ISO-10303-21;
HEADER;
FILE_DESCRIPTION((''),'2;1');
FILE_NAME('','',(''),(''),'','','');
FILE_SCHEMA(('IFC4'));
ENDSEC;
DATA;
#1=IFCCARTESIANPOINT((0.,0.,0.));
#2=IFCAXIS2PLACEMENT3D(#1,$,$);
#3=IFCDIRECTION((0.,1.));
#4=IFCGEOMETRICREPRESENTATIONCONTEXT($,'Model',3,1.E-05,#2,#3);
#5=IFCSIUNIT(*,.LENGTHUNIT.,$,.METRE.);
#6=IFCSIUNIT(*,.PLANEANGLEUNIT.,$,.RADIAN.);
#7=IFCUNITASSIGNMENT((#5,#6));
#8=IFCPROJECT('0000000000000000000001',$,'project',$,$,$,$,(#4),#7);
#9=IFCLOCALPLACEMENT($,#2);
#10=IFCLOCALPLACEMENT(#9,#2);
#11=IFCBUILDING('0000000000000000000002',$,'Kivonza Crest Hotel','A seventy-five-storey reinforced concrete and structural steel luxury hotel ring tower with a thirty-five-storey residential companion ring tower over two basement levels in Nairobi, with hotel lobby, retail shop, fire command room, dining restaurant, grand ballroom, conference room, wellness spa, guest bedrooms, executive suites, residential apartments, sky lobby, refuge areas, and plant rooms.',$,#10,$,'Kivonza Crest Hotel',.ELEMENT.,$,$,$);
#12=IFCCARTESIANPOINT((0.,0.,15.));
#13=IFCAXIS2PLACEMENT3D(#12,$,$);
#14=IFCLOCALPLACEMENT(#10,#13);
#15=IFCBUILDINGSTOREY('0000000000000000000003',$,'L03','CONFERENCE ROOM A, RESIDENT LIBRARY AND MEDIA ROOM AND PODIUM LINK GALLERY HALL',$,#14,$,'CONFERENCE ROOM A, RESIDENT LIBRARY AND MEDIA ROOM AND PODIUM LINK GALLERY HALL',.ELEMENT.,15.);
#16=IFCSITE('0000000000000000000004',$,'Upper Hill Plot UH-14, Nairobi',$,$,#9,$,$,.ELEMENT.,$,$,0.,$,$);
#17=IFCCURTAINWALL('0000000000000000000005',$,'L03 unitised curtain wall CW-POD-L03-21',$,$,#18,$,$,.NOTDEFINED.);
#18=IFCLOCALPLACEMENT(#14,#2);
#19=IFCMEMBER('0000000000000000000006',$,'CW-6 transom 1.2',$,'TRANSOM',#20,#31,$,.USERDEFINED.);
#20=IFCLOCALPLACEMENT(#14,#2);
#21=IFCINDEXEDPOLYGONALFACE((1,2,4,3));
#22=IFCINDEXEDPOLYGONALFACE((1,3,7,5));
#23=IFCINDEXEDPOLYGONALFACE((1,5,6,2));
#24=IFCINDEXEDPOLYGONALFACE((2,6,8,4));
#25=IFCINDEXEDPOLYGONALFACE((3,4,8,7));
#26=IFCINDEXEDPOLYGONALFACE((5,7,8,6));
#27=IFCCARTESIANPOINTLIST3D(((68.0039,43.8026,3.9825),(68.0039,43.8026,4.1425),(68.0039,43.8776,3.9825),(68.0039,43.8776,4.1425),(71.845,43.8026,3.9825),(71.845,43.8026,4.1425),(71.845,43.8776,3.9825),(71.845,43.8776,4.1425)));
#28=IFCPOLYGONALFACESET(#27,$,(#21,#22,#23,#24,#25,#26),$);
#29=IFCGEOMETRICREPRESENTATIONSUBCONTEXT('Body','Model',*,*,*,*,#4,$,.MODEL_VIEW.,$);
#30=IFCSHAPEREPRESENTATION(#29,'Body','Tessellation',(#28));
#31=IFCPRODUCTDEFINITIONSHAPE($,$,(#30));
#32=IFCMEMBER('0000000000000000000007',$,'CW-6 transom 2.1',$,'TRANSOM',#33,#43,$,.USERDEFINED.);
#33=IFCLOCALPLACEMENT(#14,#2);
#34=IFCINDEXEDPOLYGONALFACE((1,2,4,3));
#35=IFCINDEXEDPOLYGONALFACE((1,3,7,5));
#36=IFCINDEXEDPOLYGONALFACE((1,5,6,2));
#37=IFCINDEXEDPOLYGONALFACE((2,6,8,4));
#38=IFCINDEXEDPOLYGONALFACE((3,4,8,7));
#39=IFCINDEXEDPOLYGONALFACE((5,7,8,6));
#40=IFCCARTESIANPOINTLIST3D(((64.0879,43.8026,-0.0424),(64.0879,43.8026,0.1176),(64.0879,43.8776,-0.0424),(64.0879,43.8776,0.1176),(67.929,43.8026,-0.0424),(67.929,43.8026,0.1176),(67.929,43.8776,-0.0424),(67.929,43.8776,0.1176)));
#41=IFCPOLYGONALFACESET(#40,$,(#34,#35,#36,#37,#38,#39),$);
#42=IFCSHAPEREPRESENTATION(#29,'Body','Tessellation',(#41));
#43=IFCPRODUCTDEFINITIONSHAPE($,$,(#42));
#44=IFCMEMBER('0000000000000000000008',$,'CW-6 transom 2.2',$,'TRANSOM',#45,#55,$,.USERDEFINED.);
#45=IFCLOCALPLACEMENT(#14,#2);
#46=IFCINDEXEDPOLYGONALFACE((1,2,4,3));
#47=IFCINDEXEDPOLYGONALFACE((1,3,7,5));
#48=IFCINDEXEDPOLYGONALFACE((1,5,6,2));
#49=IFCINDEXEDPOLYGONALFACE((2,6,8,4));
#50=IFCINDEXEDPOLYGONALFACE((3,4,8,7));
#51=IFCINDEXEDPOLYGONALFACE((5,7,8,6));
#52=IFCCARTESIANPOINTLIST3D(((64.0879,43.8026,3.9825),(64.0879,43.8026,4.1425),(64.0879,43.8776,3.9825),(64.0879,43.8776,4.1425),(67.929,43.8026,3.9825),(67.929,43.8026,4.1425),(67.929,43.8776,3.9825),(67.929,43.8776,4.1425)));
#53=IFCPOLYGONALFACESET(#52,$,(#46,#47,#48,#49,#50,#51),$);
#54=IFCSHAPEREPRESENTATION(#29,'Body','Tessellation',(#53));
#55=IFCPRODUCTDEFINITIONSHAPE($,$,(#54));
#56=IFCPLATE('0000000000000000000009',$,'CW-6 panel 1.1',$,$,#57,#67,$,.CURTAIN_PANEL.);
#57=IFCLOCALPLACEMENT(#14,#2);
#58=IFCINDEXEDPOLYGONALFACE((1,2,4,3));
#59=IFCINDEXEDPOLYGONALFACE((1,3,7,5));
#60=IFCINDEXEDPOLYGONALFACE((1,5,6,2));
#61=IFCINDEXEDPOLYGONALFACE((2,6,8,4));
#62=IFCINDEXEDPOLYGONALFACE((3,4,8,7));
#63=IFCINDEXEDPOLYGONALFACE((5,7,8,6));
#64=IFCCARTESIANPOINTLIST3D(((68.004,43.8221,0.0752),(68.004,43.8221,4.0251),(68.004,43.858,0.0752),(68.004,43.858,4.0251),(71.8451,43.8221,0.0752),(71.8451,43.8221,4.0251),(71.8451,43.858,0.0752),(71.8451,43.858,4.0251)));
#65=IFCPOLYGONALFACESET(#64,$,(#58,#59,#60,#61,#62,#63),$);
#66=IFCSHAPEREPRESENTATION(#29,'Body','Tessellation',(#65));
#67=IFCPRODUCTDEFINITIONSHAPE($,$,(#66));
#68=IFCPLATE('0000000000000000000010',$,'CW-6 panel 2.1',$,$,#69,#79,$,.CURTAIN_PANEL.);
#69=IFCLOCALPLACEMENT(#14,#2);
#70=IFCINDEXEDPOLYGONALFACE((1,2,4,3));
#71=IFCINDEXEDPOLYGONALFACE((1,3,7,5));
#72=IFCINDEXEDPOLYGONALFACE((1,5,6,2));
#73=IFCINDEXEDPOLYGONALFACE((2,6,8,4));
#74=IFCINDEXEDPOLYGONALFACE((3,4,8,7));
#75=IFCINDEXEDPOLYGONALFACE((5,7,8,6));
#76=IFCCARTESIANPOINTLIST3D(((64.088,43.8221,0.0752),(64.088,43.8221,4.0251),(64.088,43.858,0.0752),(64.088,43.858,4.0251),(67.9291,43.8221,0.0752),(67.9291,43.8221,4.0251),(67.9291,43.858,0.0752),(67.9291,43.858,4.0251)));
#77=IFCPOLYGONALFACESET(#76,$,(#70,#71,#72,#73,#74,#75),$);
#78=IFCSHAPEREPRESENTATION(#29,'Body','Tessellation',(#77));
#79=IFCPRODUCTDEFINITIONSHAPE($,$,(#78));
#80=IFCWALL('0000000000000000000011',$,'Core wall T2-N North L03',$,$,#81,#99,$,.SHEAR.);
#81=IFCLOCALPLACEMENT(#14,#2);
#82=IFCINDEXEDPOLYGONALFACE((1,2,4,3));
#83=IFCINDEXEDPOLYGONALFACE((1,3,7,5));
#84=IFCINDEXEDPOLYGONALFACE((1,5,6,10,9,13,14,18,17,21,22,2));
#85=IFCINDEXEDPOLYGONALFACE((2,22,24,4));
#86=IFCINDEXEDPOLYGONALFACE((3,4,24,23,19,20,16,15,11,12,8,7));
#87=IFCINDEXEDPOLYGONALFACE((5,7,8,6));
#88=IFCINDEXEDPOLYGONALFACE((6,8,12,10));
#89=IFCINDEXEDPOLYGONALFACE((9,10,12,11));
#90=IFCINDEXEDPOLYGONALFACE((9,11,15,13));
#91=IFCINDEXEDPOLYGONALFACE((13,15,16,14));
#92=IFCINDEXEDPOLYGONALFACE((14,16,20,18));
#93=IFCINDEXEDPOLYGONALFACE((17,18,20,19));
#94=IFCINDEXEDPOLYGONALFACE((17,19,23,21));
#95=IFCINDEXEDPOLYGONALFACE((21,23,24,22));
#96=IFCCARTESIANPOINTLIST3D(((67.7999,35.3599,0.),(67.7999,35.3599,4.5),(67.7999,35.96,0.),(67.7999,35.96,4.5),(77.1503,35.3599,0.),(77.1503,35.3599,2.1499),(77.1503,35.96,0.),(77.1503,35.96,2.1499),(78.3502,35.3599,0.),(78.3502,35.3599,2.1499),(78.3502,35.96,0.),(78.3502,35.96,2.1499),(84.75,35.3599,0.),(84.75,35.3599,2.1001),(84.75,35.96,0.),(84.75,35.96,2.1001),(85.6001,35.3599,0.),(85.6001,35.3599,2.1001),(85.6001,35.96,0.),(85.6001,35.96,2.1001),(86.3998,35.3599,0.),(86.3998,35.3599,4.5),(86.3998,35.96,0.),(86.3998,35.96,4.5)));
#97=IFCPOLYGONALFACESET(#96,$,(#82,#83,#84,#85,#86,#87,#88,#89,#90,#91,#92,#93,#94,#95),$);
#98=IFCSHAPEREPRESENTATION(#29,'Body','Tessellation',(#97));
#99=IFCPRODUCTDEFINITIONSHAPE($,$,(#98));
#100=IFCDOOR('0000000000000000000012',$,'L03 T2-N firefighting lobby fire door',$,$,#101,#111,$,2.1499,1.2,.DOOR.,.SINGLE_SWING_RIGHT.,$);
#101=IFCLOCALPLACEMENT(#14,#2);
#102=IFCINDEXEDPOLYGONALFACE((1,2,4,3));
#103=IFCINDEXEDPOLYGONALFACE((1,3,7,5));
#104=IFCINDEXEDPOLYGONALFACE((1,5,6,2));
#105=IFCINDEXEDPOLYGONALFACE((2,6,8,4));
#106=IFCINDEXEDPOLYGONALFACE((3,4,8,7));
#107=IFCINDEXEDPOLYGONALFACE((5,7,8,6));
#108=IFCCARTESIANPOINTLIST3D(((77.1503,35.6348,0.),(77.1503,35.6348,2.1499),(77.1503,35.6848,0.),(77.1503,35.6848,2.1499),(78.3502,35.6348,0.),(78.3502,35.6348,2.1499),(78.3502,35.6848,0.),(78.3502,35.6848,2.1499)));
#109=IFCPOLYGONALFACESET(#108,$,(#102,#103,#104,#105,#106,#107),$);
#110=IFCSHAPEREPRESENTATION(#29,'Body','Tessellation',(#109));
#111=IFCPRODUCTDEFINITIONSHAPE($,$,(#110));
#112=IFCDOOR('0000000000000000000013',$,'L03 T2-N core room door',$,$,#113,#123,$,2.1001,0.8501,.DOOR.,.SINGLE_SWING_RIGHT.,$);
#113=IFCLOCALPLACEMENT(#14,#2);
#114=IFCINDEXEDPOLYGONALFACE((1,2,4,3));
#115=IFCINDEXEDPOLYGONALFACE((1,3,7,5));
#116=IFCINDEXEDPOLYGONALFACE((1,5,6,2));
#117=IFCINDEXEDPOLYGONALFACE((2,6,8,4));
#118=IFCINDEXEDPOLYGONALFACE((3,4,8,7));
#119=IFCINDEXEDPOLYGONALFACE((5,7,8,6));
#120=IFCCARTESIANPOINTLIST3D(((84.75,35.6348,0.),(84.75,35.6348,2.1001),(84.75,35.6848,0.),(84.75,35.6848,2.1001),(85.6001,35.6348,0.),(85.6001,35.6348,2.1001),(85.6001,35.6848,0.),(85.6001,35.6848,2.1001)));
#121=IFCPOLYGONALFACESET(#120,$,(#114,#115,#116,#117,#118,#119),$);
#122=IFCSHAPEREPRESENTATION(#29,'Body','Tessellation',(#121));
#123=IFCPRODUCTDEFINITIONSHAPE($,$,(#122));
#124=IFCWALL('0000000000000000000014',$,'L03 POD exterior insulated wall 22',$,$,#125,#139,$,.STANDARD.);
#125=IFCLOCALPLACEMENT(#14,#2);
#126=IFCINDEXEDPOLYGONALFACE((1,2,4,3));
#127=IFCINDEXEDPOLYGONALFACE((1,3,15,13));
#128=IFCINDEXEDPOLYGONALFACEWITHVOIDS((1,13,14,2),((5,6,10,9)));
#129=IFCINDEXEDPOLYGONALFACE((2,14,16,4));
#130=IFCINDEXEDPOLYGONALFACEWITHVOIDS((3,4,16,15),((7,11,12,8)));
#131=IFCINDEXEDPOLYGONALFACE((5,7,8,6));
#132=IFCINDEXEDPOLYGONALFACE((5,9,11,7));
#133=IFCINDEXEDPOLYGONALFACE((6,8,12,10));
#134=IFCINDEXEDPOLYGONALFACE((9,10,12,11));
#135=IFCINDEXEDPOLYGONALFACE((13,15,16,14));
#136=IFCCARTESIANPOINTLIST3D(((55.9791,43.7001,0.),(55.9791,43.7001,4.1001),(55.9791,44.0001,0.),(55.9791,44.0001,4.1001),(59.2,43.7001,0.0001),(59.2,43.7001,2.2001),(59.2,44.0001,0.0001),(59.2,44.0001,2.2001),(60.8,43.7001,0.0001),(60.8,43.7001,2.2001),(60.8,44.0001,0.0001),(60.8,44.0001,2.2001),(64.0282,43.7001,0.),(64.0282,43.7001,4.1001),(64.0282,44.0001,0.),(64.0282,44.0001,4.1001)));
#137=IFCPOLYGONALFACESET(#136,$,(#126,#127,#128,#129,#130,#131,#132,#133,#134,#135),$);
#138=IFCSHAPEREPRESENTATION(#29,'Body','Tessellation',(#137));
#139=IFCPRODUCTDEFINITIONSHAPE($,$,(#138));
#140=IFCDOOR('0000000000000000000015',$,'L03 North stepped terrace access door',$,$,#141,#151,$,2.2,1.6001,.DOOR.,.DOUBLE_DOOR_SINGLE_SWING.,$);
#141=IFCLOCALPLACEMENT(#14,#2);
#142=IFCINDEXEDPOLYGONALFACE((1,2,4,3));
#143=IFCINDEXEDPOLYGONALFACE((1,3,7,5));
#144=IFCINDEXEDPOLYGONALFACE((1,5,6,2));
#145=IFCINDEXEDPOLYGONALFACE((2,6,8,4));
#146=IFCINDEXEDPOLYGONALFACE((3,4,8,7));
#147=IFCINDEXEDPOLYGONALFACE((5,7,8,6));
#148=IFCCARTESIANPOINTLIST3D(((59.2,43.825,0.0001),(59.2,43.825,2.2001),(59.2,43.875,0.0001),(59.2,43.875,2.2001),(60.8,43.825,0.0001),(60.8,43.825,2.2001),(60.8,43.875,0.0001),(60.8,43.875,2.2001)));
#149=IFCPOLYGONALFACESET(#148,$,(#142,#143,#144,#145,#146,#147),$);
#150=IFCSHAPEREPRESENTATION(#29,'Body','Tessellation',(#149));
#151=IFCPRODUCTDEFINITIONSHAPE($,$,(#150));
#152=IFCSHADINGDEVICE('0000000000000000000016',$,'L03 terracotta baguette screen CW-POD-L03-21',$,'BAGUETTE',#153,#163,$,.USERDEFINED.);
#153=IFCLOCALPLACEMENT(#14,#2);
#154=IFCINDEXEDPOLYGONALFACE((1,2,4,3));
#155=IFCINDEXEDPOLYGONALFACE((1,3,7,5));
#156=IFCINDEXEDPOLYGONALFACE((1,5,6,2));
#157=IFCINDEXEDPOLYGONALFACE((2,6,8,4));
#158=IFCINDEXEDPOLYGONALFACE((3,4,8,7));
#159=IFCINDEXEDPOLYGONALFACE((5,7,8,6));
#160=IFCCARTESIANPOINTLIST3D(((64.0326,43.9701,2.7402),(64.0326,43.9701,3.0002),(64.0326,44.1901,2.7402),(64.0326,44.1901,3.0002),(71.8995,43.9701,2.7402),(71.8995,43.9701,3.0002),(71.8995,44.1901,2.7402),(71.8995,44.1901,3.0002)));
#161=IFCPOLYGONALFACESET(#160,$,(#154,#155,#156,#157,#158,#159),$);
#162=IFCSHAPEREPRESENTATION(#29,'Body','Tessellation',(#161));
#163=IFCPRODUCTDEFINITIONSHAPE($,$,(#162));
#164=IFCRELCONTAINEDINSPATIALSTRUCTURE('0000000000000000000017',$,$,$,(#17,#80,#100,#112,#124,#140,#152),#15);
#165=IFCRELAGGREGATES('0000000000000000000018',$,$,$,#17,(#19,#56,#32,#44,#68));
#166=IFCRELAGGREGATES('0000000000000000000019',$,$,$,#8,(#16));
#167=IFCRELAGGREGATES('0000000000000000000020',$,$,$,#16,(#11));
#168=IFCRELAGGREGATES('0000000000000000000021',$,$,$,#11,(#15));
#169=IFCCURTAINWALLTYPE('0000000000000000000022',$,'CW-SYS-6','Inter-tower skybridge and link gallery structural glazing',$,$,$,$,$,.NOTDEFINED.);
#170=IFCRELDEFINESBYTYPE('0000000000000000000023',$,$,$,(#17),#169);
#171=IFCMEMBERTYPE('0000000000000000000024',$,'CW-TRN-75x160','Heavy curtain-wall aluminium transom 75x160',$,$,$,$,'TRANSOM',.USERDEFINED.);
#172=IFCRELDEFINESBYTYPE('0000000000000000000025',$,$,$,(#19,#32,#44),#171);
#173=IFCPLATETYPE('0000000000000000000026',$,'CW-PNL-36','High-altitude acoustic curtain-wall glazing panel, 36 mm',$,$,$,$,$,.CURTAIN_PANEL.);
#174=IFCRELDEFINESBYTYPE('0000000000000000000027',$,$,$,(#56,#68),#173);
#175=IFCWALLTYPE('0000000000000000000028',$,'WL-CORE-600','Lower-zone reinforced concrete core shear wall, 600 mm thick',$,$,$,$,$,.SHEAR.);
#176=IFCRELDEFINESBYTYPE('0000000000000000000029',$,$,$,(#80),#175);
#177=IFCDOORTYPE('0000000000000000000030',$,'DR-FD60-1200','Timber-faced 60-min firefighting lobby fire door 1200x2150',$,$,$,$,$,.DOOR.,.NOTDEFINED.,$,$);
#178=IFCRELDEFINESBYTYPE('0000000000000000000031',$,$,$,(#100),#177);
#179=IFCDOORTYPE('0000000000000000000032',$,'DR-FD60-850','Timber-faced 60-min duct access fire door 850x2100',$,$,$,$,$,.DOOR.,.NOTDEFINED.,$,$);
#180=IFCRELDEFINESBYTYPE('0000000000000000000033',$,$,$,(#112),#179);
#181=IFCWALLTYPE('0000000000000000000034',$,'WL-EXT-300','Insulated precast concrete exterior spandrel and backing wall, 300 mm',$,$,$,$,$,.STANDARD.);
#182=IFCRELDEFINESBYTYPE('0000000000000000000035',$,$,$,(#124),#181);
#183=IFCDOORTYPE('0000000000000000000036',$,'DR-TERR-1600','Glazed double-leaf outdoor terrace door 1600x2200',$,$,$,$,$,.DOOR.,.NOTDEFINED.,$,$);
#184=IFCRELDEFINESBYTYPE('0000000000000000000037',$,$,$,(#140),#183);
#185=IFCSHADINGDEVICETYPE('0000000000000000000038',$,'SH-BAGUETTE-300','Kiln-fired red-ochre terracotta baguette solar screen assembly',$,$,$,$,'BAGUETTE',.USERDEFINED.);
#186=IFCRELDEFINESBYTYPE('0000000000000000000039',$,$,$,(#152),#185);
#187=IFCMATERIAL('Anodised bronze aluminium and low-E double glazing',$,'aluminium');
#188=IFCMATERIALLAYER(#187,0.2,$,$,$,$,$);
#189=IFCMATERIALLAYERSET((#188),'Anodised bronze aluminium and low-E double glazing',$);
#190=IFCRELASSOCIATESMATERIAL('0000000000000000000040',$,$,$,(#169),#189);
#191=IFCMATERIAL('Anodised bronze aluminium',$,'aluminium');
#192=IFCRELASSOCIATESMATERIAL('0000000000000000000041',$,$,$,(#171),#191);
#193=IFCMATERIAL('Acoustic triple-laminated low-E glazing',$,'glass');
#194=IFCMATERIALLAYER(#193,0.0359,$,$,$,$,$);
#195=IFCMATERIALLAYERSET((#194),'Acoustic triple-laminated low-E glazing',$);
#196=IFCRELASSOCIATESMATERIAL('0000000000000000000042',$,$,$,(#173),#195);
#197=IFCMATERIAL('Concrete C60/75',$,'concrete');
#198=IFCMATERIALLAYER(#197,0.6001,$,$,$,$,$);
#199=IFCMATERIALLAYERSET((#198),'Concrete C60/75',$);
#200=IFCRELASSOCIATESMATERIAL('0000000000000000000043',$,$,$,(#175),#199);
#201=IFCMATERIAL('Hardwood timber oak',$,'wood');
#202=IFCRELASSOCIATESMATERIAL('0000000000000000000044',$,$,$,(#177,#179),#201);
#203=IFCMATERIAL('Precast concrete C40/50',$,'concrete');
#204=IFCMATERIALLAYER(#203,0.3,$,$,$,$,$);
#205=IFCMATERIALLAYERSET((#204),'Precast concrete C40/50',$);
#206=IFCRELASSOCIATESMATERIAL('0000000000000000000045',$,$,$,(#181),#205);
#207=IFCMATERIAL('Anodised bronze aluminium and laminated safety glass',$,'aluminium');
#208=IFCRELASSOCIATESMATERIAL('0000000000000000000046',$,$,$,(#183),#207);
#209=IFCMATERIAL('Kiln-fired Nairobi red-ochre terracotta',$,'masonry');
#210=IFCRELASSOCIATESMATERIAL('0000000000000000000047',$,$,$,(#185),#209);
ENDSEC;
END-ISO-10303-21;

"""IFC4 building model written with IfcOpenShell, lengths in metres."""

from ifc_helpers import new_model, si_unit, direction, frame, frame_2d, origin, origin_2d, place, context, subcontext, project, spatial, rectangle, extrude, material, layer, layer_set, material_profile, profile_set, type_object, element, fill, aggregate, save


model = new_model("IFC4")

# Units and contexts
model_context = context("Model", 3, precision=1e-05, world=origin(), true_north=direction((0.0, 1.0)))
body_context = subcontext(model_context, "Body", "Model", "MODEL_VIEW")
ifc_project = project(units=[si_unit("LENGTHUNIT", "METRE"), si_unit("PLANEANGLEUNIT", "RADIAN")], contexts=[model_context])

# Site, building, storey
site_placement = place(None, origin())
site = spatial("IfcSite", under=ifc_project, at=site_placement, Name="Upper Hill Plot UH-14, Nairobi", CompositionType="ELEMENT", RefElevation=0.0)
building_placement = place(site_placement, origin())
building = spatial("IfcBuilding", under=site, at=building_placement, Name="Kivonza Crest Hotel", Description="A seventy-five-storey reinforced concrete and structural steel luxury hotel ring tower with a thirty-five-storey residential companion ring tower over two basement levels in Nairobi, with hotel lobby, retail shop, fire command room, dining restaurant, grand ballroom, conference room, wellness spa, guest bedrooms, executive suites, residential apartments, sky lobby, refuge areas, and plant rooms.", LongName="Kivonza Crest Hotel", CompositionType="ELEMENT")
storey_placement = place(building_placement, frame((0.0, 0.0, 15.0)))
storey = spatial("IfcBuildingStorey", under=building, at=storey_placement, Name="L03", Description="CONFERENCE ROOM A, RESIDENT LIBRARY AND MEDIA ROOM AND PODIUM LINK GALLERY HALL", LongName="CONFERENCE ROOM A, RESIDENT LIBRARY AND MEDIA ROOM AND PODIUM LINK GALLERY HALL", CompositionType="ELEMENT", Elevation=15.0)

# Shared definitions
ifc_material_1 = material(Name="Concrete C60/75", Category="concrete")

# Shared definitions
ifc_material_2 = material(Name="Anodised bronze aluminium and low-E double glazing", Category="aluminium")
ifc_layer_1 = layer(ifc_material_2, 0.2)
ifc_layer_set_1 = layer_set([ifc_layer_1], Name="Anodised bronze aluminium and low-E double glazing")
curtain_wall_type = type_object("IfcCurtainWallType", Name="CW-SYS-6", Description="Inter-tower skybridge and link gallery structural glazing", PredefinedType="NOTDEFINED", material=ifc_layer_set_1)
ifc_material_3 = material(Name="Anodised bronze aluminium", Category="aluminium")

# Curtain wall, members, plates
curtain_wall_1_placement = place(storey_placement, origin())
curtain_wall_1 = element("IfcCurtainWall", 1, at=curtain_wall_1_placement, inside=storey, type_object=curtain_wall_type, Name="L03 unitised curtain wall CW-POD-L03-21", PredefinedType="NOTDEFINED")
ifc_material_profile_1 = material_profile(ifc_material_3, rectangle(XDim=0.075, YDim=0.1599, at=origin_2d()), Name="CW-T 75x160")
ifc_profile_set_1 = profile_set([ifc_material_profile_1], Name="Anodised bronze aluminium")
member_type_1 = type_object("IfcMemberType", Name="CW-TRN-75x160", Description="Heavy curtain-wall aluminium transom 75x160", ElementType="TRANSOM", PredefinedType="USERDEFINED", material=ifc_profile_set_1)
member_1_placement = place(storey_placement, frame((71.845, 43.8401, 4.0625), z_axis=(-1.0, 0.0, 0.0), x_axis=(0.0, -1.0, 0.0)))
member_1 = element("IfcMember", 2, at=member_1_placement, type_object=member_type_1, Name="CW-6 transom 1.2", ObjectType="TRANSOM", PredefinedType="USERDEFINED", context=body_context, shape_type="SweptSolid", body=[
    extrude(rectangle(XDim=0.075, YDim=0.1599, at=origin_2d()), origin(), (0.0, 0.0, 1.0), 3.8411),
])
member_2_placement = place(storey_placement, frame((67.929, 43.8401, 0.0376), z_axis=(-1.0, 0.0, 0.0), x_axis=(0.0, -1.0, 0.0)))
member_2 = element("IfcMember", 3, at=member_2_placement, type_object=member_type_1, Name="CW-6 transom 2.1", ObjectType="TRANSOM", PredefinedType="USERDEFINED", context=body_context, shape_type="SweptSolid", body=[
    extrude(rectangle(XDim=0.075, YDim=0.1599, at=origin_2d()), origin(), (0.0, 0.0, 1.0), 3.8411),
])
member_3_placement = place(storey_placement, frame((67.929, 43.8401, 4.0625), z_axis=(-1.0, 0.0, 0.0), x_axis=(0.0, -1.0, 0.0)))
member_3 = element("IfcMember", 4, at=member_3_placement, type_object=member_type_1, Name="CW-6 transom 2.2", ObjectType="TRANSOM", PredefinedType="USERDEFINED", context=body_context, shape_type="SweptSolid", body=[
    extrude(rectangle(XDim=0.075, YDim=0.1599, at=origin_2d()), origin(), (0.0, 0.0, 1.0), 3.8411),
])
ifc_material_4 = material(Name="Acoustic triple-laminated low-E glazing", Category="glass")
ifc_layer_2 = layer(ifc_material_4, 0.0359)
ifc_layer_set_2 = layer_set([ifc_layer_2], Name="Acoustic triple-laminated low-E glazing")
plate_type = type_object("IfcPlateType", Name="CW-PNL-36", Description="High-altitude acoustic curtain-wall glazing panel, 36 mm", PredefinedType="CURTAIN_PANEL", material=ifc_layer_set_2)
plate_1_placement = place(storey_placement, frame((69.9246, 43.8401, 0.0752), z_axis=(0.0, 0.0, 1.0), x_axis=(-1.0, 0.0, 0.0)))
plate_1 = element("IfcPlate", 5, at=plate_1_placement, type_object=plate_type, Name="CW-6 panel 1.1", PredefinedType="CURTAIN_PANEL", context=body_context, shape_type="SweptSolid", body=[
    extrude(rectangle(XDim=3.8411, YDim=0.0359, at=origin_2d()), origin(), (0.0, 0.0, 1.0), 3.95),
])
plate_2_placement = place(storey_placement, frame((66.0085, 43.8401, 0.0752), z_axis=(0.0, 0.0, 1.0), x_axis=(-1.0, 0.0, 0.0)))
plate_2 = element("IfcPlate", 6, at=plate_2_placement, type_object=plate_type, Name="CW-6 panel 2.1", PredefinedType="CURTAIN_PANEL", context=body_context, shape_type="SweptSolid", body=[
    extrude(rectangle(XDim=3.8411, YDim=0.0359, at=origin_2d()), origin(), (0.0, 0.0, 1.0), 3.95),
])
aggregate(curtain_wall_1, [member_1, plate_1, member_2, member_3, plate_2])

# Wall, openings, doors
ifc_layer_3 = layer(ifc_material_1, 0.6001)
ifc_layer_set_3 = layer_set([ifc_layer_3], Name="Concrete C60/75")
wall_type_1 = type_object("IfcWallType", Name="WL-CORE-600", Description="Lower-zone reinforced concrete core shear wall, 600 mm thick", PredefinedType="SHEAR", material=ifc_layer_set_3)
wall_1_placement = place(storey_placement, frame((67.8, 35.6599, 0.0), z_axis=(0.0, 0.0, 1.0), x_axis=(1.0, 0.0, 0.0)))
wall_1 = element("IfcWall", 7, at=wall_1_placement, inside=storey, type_object=wall_type_1, Name="Core wall T2-N North L03", PredefinedType="SHEAR", context=body_context, shape_type="SweptSolid", body=[
    extrude(rectangle(XDim=18.5999, YDim=0.6001, at=frame_2d((9.2998, 0.0))), origin(), (0.0, 0.0, 1.0), 4.5),
])
opening_1_placement = place(wall_1_placement, frame((9.3501, 0.0, 0.0)))
opening_1 = element("IfcOpeningElement", 8, at=opening_1_placement, cuts=wall_1, PredefinedType="OPENING", context=body_context, shape_type="SweptSolid", body=[
    extrude(rectangle(XDim=1.2, YDim=2.1499, at=frame_2d((0.6001, 1.075))), frame((0.0, 0.3101, 0.0), z_axis=(0.0, -1.0, 0.0), x_axis=(1.0, 0.0, 0.0)), (0.0, 0.0, 1.0), 0.6201),
])
opening_2_placement = place(wall_1_placement, frame((16.95, 0.0, 0.0)))
opening_2 = element("IfcOpeningElement", 9, at=opening_2_placement, cuts=wall_1, PredefinedType="OPENING", context=body_context, shape_type="SweptSolid", body=[
    extrude(rectangle(XDim=0.8501, YDim=2.1001, at=frame_2d((0.425, 1.05))), frame((0.0, 0.3101, 0.0), z_axis=(0.0, -1.0, 0.0), x_axis=(1.0, 0.0, 0.0)), (0.0, 0.0, 1.0), 0.6201),
])
ifc_material_5 = material(Name="Hardwood timber oak", Category="wood")
door_type_1 = type_object("IfcDoorType", Name="DR-FD60-1200", Description="Timber-faced 60-min firefighting lobby fire door 1200x2150", OperationType="NOTDEFINED", PredefinedType="DOOR", material=ifc_material_5)
door_1_placement = place(opening_1_placement, origin())
door_1 = element("IfcDoor", 10, at=door_1_placement, inside=storey, type_object=door_type_1, Name="L03 T2-N firefighting lobby fire door", OperationType="SINGLE_SWING_RIGHT", OverallHeight=2.1499, OverallWidth=1.2, PredefinedType="DOOR", context=body_context, shape_type="SweptSolid", body=[
    extrude(rectangle(XDim=1.2, YDim=2.1499, at=frame_2d((0.6001, 1.075))), frame((0.0, 0.0249, 0.0), z_axis=(0.0, -1.0, 0.0), x_axis=(1.0, 0.0, 0.0)), (0.0, 0.0, 1.0), 0.05),
])
fill(opening_1, door_1)
door_type_2 = type_object("IfcDoorType", Name="DR-FD60-850", Description="Timber-faced 60-min duct access fire door 850x2100", OperationType="NOTDEFINED", PredefinedType="DOOR", material=ifc_material_5)
door_2_placement = place(opening_2_placement, origin())
door_2 = element("IfcDoor", 11, at=door_2_placement, inside=storey, type_object=door_type_2, Name="L03 T2-N core room door", OperationType="SINGLE_SWING_RIGHT", OverallHeight=2.1001, OverallWidth=0.8501, PredefinedType="DOOR", context=body_context, shape_type="SweptSolid", body=[
    extrude(rectangle(XDim=0.8501, YDim=2.1001, at=frame_2d((0.425, 1.05))), frame((0.0, 0.0249, 0.0), z_axis=(0.0, -1.0, 0.0), x_axis=(1.0, 0.0, 0.0)), (0.0, 0.0, 1.0), 0.05),
])
fill(opening_2, door_2)

# Wall, opening, door
ifc_material_6 = material(Name="Precast concrete C40/50", Category="concrete")
ifc_layer_4 = layer(ifc_material_6, 0.3)
ifc_layer_set_4 = layer_set([ifc_layer_4], Name="Precast concrete C40/50")
wall_type_2 = type_object("IfcWallType", Name="WL-EXT-300", Description="Insulated precast concrete exterior spandrel and backing wall, 300 mm", PredefinedType="STANDARD", material=ifc_layer_set_4)
wall_2_placement = place(storey_placement, frame((64.0281, 43.8501, 0.0), z_axis=(0.0, 0.0, 1.0), x_axis=(-1.0, 0.0, 0.0)))
wall_2 = element("IfcWall", 12, at=wall_2_placement, inside=storey, type_object=wall_type_2, Name="L03 POD exterior insulated wall 22", PredefinedType="STANDARD", context=body_context, shape_type="SweptSolid", body=[
    extrude(rectangle(XDim=8.0491, YDim=0.3, at=frame_2d((4.0244, 0.0))), origin(), (0.0, 0.0, 1.0), 4.1001),
])
opening_3_placement = place(wall_2_placement, frame((3.228, 0.0, 0.0)))
opening_3 = element("IfcOpeningElement", 13, at=opening_3_placement, cuts=wall_2, PredefinedType="OPENING", context=body_context, shape_type="SweptSolid", body=[
    extrude(rectangle(XDim=1.6001, YDim=2.2, at=frame_2d((0.8, 1.1001))), frame((0.0, 0.1602, 0.0), z_axis=(0.0, -1.0, 0.0), x_axis=(1.0, 0.0, 0.0)), (0.0, 0.0, 1.0), 0.3201),
])
ifc_material_7 = material(Name="Anodised bronze aluminium and laminated safety glass", Category="aluminium")
door_type_3 = type_object("IfcDoorType", Name="DR-TERR-1600", Description="Glazed double-leaf outdoor terrace door 1600x2200", OperationType="NOTDEFINED", PredefinedType="DOOR", material=ifc_material_7)
door_3_placement = place(opening_3_placement, frame((1.6001, 0.0, 0.0), z_axis=(0.0, 0.0, 1.0), x_axis=(-1.0, 0.0, 0.0)))
door_3 = element("IfcDoor", 14, at=door_3_placement, inside=storey, type_object=door_type_3, Name="L03 North stepped terrace access door", OperationType="DOUBLE_DOOR_SINGLE_SWING", OverallHeight=2.2, OverallWidth=1.6001, PredefinedType="DOOR", context=body_context, shape_type="SweptSolid", body=[
    extrude(rectangle(XDim=1.6001, YDim=2.2, at=frame_2d((0.8, 1.1001))), frame((0.0, 0.0249, 0.0), z_axis=(0.0, -1.0, 0.0), x_axis=(1.0, 0.0, 0.0)), (0.0, 0.0, 1.0), 0.05),
])
fill(opening_3, door_3)

# Shading device
ifc_material_8 = material(Name="Kiln-fired Nairobi red-ochre terracotta", Category="masonry")
shading_device_type_1 = type_object("IfcShadingDeviceType", Name="SH-BAGUETTE-300", Description="Kiln-fired red-ochre terracotta baguette solar screen assembly", ElementType="BAGUETTE", PredefinedType="USERDEFINED", material=ifc_material_8)
shading_device_placement = place(storey_placement, frame((67.9661, 44.0801, 2.7402), z_axis=(0.0, 0.0, 1.0), x_axis=(-1.0, 0.0, 0.0)))
element("IfcShadingDevice", 15, at=shading_device_placement, inside=storey, type_object=shading_device_type_1, Name="L03 terracotta baguette screen CW-POD-L03-21", ObjectType="BAGUETTE", PredefinedType="USERDEFINED", context=body_context, shape_type="SweptSolid", body=[
    extrude(rectangle(XDim=7.8669, YDim=0.22, at=origin_2d()), origin(), (0.0, 0.0, 1.0), 0.26),
])

save(model, "model.ifc")
